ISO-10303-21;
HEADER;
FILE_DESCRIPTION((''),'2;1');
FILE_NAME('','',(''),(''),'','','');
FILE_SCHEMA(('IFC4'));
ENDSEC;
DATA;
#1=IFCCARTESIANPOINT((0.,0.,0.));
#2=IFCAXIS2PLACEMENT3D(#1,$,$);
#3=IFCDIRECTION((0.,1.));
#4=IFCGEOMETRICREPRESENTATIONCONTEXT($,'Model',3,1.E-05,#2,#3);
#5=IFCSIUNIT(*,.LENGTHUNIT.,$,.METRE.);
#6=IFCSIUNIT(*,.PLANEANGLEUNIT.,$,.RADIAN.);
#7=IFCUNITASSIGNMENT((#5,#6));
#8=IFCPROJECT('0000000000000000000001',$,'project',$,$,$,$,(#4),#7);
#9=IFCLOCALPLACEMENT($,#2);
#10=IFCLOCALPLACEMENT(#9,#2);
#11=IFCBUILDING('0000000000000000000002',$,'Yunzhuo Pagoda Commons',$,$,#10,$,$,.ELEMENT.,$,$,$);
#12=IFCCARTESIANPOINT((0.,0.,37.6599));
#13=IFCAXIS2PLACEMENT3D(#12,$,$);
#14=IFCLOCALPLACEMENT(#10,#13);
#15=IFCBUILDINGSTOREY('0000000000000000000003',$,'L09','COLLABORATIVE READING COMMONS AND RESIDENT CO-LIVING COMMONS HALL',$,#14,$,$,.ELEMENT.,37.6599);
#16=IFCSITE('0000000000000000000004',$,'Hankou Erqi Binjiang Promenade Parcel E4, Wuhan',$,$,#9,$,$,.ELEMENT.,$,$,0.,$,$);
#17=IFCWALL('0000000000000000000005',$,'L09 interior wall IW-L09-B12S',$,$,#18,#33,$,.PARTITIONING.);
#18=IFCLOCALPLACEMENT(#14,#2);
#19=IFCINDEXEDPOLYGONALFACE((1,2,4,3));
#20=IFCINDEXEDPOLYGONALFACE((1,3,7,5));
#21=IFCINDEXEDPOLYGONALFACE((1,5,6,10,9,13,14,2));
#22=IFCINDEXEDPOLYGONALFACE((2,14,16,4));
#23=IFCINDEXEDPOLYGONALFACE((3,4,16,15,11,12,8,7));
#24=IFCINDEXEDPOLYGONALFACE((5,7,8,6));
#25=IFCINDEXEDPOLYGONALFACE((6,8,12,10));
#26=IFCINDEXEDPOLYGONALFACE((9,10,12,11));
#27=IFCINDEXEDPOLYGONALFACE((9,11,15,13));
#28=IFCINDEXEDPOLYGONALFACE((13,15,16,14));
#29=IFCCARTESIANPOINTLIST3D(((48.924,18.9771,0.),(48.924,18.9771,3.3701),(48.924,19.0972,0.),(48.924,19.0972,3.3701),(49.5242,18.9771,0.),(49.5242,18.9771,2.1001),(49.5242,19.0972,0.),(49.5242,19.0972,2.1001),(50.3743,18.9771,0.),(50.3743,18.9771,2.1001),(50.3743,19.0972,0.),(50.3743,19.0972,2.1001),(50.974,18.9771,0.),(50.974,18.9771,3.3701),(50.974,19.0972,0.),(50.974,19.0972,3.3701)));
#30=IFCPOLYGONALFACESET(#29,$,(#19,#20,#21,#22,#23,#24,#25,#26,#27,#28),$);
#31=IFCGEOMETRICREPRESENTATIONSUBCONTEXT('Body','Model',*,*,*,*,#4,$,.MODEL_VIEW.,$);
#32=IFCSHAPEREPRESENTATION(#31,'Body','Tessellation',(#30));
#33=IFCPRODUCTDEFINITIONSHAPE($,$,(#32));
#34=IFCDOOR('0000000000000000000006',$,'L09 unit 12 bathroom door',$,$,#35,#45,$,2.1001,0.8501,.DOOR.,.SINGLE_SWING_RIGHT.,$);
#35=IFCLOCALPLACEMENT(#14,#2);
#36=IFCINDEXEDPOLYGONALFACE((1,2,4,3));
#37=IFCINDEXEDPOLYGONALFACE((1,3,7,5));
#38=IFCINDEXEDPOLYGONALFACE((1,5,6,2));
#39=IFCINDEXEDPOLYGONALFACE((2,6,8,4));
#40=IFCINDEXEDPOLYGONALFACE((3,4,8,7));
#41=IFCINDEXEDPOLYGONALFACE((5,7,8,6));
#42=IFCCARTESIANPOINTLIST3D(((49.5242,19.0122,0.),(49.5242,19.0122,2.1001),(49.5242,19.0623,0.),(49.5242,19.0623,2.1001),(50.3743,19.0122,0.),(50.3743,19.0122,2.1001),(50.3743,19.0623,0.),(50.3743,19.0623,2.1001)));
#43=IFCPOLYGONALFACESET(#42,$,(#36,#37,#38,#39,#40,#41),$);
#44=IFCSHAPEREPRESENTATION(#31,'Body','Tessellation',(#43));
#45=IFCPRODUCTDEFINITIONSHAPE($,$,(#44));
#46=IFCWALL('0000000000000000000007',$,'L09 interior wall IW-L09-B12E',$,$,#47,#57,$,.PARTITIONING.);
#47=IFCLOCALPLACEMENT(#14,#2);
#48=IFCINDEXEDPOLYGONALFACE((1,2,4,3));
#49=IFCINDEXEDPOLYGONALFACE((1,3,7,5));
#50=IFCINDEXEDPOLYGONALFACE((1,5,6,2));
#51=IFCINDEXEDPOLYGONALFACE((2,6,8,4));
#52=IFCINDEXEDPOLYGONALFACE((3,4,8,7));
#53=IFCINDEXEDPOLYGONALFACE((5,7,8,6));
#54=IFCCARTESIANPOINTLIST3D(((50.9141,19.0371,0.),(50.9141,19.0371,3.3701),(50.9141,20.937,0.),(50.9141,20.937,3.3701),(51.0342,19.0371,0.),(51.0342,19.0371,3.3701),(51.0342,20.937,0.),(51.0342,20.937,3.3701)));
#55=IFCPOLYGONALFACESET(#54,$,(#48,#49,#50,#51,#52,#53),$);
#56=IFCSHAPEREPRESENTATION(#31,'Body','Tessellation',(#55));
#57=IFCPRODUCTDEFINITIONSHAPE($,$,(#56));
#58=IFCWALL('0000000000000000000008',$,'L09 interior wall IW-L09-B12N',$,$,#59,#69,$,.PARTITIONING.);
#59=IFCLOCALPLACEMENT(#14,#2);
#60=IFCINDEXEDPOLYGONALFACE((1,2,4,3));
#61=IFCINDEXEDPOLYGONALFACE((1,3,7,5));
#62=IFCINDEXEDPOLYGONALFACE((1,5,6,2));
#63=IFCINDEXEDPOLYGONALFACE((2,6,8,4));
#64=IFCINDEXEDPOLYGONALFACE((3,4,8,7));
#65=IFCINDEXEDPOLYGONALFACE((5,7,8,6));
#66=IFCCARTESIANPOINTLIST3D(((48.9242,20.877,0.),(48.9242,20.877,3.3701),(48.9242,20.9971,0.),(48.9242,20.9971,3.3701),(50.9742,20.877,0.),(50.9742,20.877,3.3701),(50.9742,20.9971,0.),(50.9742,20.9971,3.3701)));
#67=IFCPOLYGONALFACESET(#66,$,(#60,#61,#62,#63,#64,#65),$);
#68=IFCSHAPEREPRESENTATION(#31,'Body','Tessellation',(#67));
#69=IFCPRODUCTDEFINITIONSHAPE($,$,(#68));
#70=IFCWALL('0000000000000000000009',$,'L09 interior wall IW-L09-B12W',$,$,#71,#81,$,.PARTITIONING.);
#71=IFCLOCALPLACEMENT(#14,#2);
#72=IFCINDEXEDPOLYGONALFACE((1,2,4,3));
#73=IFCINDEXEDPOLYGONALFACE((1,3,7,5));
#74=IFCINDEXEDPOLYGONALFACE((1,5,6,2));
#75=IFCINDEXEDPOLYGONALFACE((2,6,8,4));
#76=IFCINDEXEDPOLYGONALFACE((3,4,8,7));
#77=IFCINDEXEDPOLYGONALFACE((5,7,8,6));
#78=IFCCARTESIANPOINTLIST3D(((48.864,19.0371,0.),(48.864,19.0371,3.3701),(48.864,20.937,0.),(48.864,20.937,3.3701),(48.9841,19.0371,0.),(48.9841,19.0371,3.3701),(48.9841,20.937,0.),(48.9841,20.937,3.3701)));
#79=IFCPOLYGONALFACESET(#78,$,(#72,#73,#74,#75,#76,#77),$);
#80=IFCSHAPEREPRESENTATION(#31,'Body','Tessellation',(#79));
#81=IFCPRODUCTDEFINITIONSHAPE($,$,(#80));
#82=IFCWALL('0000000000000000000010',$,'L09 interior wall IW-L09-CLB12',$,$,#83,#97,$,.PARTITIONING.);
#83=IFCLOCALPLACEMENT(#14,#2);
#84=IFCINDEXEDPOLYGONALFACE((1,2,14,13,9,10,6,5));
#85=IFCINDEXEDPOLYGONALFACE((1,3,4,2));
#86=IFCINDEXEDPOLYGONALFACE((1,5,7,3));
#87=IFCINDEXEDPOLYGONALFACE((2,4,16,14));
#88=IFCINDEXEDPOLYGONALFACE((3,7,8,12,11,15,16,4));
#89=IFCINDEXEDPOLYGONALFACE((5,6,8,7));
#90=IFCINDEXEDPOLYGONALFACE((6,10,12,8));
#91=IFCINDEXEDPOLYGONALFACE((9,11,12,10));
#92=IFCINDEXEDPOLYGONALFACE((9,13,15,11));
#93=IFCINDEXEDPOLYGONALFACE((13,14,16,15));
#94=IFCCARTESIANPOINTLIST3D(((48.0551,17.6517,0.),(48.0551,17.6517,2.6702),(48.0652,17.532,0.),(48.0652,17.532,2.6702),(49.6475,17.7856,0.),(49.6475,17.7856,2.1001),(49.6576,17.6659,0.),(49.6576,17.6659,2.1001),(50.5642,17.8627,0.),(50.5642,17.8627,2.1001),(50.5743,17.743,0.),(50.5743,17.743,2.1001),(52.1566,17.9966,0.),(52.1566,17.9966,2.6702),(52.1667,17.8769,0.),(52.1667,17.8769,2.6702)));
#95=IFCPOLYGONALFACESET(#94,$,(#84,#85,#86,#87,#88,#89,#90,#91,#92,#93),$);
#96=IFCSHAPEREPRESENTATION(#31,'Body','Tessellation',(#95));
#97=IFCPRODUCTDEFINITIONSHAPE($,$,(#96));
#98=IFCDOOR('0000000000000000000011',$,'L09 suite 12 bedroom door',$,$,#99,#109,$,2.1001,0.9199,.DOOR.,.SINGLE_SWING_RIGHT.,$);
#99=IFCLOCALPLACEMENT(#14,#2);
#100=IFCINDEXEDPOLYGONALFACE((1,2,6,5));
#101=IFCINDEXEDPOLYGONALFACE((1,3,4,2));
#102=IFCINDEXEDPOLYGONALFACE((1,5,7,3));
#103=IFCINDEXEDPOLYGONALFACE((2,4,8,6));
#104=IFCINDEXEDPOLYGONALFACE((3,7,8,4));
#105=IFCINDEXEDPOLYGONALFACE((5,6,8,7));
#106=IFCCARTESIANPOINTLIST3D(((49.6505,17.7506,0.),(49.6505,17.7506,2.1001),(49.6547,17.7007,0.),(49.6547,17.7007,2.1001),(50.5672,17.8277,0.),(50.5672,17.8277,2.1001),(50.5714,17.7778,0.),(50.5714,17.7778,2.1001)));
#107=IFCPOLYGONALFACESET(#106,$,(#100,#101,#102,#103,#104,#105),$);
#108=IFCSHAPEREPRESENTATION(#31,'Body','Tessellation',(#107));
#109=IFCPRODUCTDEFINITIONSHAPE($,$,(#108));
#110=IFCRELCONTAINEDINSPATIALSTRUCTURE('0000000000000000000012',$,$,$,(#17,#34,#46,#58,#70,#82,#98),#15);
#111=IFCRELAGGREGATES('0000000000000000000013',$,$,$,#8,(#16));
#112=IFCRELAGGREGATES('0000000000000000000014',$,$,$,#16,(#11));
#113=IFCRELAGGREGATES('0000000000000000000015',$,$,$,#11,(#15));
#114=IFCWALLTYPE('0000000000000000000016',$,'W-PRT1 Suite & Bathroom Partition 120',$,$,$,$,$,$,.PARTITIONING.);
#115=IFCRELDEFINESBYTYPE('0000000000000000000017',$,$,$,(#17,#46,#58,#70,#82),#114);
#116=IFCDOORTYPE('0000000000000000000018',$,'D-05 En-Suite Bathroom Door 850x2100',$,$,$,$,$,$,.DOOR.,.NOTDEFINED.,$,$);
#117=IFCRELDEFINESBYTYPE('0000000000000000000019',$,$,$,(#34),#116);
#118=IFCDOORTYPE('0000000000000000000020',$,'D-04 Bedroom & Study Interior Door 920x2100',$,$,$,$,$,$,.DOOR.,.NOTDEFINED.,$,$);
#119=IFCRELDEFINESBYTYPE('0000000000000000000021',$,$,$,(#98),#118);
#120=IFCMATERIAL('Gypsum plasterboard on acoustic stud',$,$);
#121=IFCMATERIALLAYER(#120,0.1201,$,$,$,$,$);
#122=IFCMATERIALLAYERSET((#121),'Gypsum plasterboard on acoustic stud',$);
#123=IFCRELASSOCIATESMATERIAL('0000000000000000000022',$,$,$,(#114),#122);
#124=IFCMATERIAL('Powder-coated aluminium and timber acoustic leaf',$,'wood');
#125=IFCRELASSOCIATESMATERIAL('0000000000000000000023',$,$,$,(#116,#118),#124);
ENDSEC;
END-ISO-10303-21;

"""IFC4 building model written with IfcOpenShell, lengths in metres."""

from ifc_helpers import new_model, si_unit, direction, frame, frame_2d, origin, origin_with_axes, place, context, subcontext, project, spatial, rectangle, extrude, source, transform, mapped, material, layer, layer_set, type_object, element, fill, save


model = new_model("IFC4")

# Units and contexts
model_context = context("Model", 3, precision=1e-05, world=origin(), true_north=direction((0.0, 1.0)))
body_context = subcontext(model_context, "Body", "Model", "MODEL_VIEW")
ifc_project = project(units=[si_unit("LENGTHUNIT", "METRE"), si_unit("PLANEANGLEUNIT", "RADIAN")], contexts=[model_context])

# Site, building, storey
site_placement = place(None, origin())
site = spatial("IfcSite", under=ifc_project, at=site_placement, Name="Hankou Erqi Binjiang Promenade Parcel E4, Wuhan", CompositionType="ELEMENT", RefElevation=0.0)
building_placement = place(site_placement, origin())
building = spatial("IfcBuilding", under=site, at=building_placement, Name="Yunzhuo Pagoda Commons", CompositionType="ELEMENT")
storey_placement = place(building_placement, frame((0.0, 0.0, 37.6599)))
storey = spatial("IfcBuildingStorey", under=building, at=storey_placement, Name="L09", Description="COLLABORATIVE READING COMMONS AND RESIDENT CO-LIVING COMMONS HALL", CompositionType="ELEMENT", Elevation=37.6599)

# Shared definitions
ifc_material_1 = material(Name="Gypsum plasterboard on acoustic stud")

# Shared definitions
ifc_layer_1 = layer(ifc_material_1, 0.1201)
ifc_layer_set_1 = layer_set([ifc_layer_1], Name="Gypsum plasterboard on acoustic stud")
wall_type_1 = type_object("IfcWallType", Name="W-PRT1 Suite & Bathroom Partition 120", PredefinedType="PARTITIONING", material=ifc_layer_set_1)

# Wall, opening, door
wall_1_placement = place(storey_placement, frame((48.9241, 19.0371, 0.0), z_axis=(0.0, 0.0, 1.0), x_axis=(1.0, 0.0, 0.0)))
wall_1 = element("IfcWall", 1, at=wall_1_placement, inside=storey, type_object=wall_type_1, Name="L09 interior wall IW-L09-B12S", PredefinedType="PARTITIONING", context=body_context, shape_type="SweptSolid", body=[
    extrude(rectangle(XDim=2.05, YDim=0.1201, at=frame_2d((1.0249, 0.0))), origin(), (0.0, 0.0, 1.0), 3.3701),
])
opening_1_placement = place(wall_1_placement, frame((0.6001, 0.0, 0.0)))
opening_1 = element("IfcOpeningElement", 2, at=opening_1_placement, cuts=wall_1, PredefinedType="OPENING", context=body_context, shape_type="SweptSolid", body=[
    extrude(rectangle(XDim=0.8501, YDim=2.1001, at=frame_2d((0.425, 1.05))), frame((0.0, 0.0701, 0.0), z_axis=(0.0, -1.0, 0.0), x_axis=(1.0, 0.0, 0.0)), (0.0, 0.0, 1.0), 0.1401),
])
ifc_material_2 = material(Name="Powder-coated aluminium and timber acoustic leaf", Category="wood")
door_type_1 = type_object("IfcDoorType", Name="D-05 En-Suite Bathroom Door 850x2100", OperationType="NOTDEFINED", PredefinedType="DOOR", material=ifc_material_2)
shared_shape_1 = source(origin(), body_context, "Body", "SweptSolid", [
    extrude(rectangle(XDim=0.8501, YDim=2.1001, at=frame_2d((0.425, 1.05))), frame((0.0, 0.0249, 0.0), z_axis=(0.0, -1.0, 0.0), x_axis=(1.0, 0.0, 0.0)), (0.0, 0.0, 1.0), 0.05),
])
door_1_placement = place(opening_1_placement, frame((0.8501, 0.0, 0.0), z_axis=(0.0, 0.0, 1.0), x_axis=(-1.0, 0.0, 0.0)))
door_1 = element("IfcDoor", 3, at=door_1_placement, inside=storey, type_object=door_type_1, Name="L09 unit 12 bathroom door", OperationType="SINGLE_SWING_RIGHT", OverallHeight=2.1001, OverallWidth=0.8501, PredefinedType="DOOR", context=body_context, shape_type="MappedRepresentation", body=[
    mapped(shared_shape_1, transform((0.0, 0.0, 0.0), scale=1.0)),
])
fill(opening_1, door_1)

# Walls
wall_2_placement = place(storey_placement, frame((50.9741, 19.0371, 0.0), z_axis=(0.0, 0.0, 1.0), x_axis=(0.0, 1.0, 0.0)))
element("IfcWall", 4, at=wall_2_placement, inside=storey, type_object=wall_type_1, Name="L09 interior wall IW-L09-B12E", PredefinedType="PARTITIONING", context=body_context, shape_type="SweptSolid", body=[
    extrude(rectangle(XDim=1.8999, YDim=0.1201, at=frame_2d((0.95, 0.0))), origin(), (0.0, 0.0, 1.0), 3.3701),
])
wall_3_placement = place(storey_placement, frame((50.9741, 20.937, 0.0), z_axis=(0.0, 0.0, 1.0), x_axis=(-1.0, 0.0, 0.0)))
element("IfcWall", 5, at=wall_3_placement, inside=storey, type_object=wall_type_1, Name="L09 interior wall IW-L09-B12N", PredefinedType="PARTITIONING", context=body_context, shape_type="SweptSolid", body=[
    extrude(rectangle(XDim=2.05, YDim=0.1201, at=frame_2d((1.0249, 0.0))), origin(), (0.0, 0.0, 1.0), 3.3701),
])
wall_4_placement = place(storey_placement, frame((48.9241, 20.937, 0.0), z_axis=(0.0, 0.0, 1.0), x_axis=(0.0, -1.0, 0.0)))
element("IfcWall", 6, at=wall_4_placement, inside=storey, type_object=wall_type_1, Name="L09 interior wall IW-L09-B12W", PredefinedType="PARTITIONING", context=body_context, shape_type="SweptSolid", body=[
    extrude(rectangle(XDim=1.8999, YDim=0.1201, at=frame_2d((0.95, 0.0))), origin(), (0.0, 0.0, 1.0), 3.3701),
])

# Wall, opening, door
wall_5_placement = place(storey_placement, frame((48.0601, 17.5918, 0.0), z_axis=(0.0, 0.0, 1.0), x_axis=(0.996482, 0.083811, 0.0)))
wall_5 = element("IfcWall", 7, at=wall_5_placement, inside=storey, type_object=wall_type_1, Name="L09 interior wall IW-L09-CLB12", PredefinedType="PARTITIONING", context=body_context, shape_type="SweptSolid", body=[
    extrude(rectangle(XDim=4.116, YDim=0.1201, at=frame_2d((2.0581, 0.0))), origin(), (0.0, 0.0, 1.0), 2.6702),
])
opening_2_placement = place(wall_5_placement, frame((1.5981, 0.0, 0.0)))
opening_2 = element("IfcOpeningElement", 8, at=opening_2_placement, cuts=wall_5, PredefinedType="OPENING", context=body_context, shape_type="SweptSolid", body=[
    extrude(rectangle(XDim=0.9199, YDim=2.1001, at=frame_2d((0.46, 1.05))), frame((0.0, 0.0701, 0.0), z_axis=(0.0, -1.0, 0.0), x_axis=(1.0, 0.0, 0.0)), (0.0, 0.0, 1.0), 0.1401),
])
door_type_2 = type_object("IfcDoorType", Name="D-04 Bedroom & Study Interior Door 920x2100", OperationType="NOTDEFINED", PredefinedType="DOOR", material=ifc_material_2)
shared_shape_2 = source(origin(), body_context, "Body", "SweptSolid", [
    extrude(rectangle(XDim=0.9199, YDim=2.1001, at=frame_2d((0.46, 1.05))), frame((0.0, 0.0249, 0.0), z_axis=(0.0, -1.0, 0.0), x_axis=(1.0, 0.0, 0.0)), (0.0, 0.0, 1.0), 0.05),
])
door_2_placement = place(opening_2_placement, origin_with_axes())
door_2 = element("IfcDoor", 9, at=door_2_placement, inside=storey, type_object=door_type_2, Name="L09 suite 12 bedroom door", OperationType="SINGLE_SWING_RIGHT", OverallHeight=2.1001, OverallWidth=0.9199, PredefinedType="DOOR", context=body_context, shape_type="MappedRepresentation", body=[
    mapped(shared_shape_2, transform((0.0, 0.0, 0.0), scale=1.0)),
])
fill(opening_2, door_2)

save(model, "model.ifc")
